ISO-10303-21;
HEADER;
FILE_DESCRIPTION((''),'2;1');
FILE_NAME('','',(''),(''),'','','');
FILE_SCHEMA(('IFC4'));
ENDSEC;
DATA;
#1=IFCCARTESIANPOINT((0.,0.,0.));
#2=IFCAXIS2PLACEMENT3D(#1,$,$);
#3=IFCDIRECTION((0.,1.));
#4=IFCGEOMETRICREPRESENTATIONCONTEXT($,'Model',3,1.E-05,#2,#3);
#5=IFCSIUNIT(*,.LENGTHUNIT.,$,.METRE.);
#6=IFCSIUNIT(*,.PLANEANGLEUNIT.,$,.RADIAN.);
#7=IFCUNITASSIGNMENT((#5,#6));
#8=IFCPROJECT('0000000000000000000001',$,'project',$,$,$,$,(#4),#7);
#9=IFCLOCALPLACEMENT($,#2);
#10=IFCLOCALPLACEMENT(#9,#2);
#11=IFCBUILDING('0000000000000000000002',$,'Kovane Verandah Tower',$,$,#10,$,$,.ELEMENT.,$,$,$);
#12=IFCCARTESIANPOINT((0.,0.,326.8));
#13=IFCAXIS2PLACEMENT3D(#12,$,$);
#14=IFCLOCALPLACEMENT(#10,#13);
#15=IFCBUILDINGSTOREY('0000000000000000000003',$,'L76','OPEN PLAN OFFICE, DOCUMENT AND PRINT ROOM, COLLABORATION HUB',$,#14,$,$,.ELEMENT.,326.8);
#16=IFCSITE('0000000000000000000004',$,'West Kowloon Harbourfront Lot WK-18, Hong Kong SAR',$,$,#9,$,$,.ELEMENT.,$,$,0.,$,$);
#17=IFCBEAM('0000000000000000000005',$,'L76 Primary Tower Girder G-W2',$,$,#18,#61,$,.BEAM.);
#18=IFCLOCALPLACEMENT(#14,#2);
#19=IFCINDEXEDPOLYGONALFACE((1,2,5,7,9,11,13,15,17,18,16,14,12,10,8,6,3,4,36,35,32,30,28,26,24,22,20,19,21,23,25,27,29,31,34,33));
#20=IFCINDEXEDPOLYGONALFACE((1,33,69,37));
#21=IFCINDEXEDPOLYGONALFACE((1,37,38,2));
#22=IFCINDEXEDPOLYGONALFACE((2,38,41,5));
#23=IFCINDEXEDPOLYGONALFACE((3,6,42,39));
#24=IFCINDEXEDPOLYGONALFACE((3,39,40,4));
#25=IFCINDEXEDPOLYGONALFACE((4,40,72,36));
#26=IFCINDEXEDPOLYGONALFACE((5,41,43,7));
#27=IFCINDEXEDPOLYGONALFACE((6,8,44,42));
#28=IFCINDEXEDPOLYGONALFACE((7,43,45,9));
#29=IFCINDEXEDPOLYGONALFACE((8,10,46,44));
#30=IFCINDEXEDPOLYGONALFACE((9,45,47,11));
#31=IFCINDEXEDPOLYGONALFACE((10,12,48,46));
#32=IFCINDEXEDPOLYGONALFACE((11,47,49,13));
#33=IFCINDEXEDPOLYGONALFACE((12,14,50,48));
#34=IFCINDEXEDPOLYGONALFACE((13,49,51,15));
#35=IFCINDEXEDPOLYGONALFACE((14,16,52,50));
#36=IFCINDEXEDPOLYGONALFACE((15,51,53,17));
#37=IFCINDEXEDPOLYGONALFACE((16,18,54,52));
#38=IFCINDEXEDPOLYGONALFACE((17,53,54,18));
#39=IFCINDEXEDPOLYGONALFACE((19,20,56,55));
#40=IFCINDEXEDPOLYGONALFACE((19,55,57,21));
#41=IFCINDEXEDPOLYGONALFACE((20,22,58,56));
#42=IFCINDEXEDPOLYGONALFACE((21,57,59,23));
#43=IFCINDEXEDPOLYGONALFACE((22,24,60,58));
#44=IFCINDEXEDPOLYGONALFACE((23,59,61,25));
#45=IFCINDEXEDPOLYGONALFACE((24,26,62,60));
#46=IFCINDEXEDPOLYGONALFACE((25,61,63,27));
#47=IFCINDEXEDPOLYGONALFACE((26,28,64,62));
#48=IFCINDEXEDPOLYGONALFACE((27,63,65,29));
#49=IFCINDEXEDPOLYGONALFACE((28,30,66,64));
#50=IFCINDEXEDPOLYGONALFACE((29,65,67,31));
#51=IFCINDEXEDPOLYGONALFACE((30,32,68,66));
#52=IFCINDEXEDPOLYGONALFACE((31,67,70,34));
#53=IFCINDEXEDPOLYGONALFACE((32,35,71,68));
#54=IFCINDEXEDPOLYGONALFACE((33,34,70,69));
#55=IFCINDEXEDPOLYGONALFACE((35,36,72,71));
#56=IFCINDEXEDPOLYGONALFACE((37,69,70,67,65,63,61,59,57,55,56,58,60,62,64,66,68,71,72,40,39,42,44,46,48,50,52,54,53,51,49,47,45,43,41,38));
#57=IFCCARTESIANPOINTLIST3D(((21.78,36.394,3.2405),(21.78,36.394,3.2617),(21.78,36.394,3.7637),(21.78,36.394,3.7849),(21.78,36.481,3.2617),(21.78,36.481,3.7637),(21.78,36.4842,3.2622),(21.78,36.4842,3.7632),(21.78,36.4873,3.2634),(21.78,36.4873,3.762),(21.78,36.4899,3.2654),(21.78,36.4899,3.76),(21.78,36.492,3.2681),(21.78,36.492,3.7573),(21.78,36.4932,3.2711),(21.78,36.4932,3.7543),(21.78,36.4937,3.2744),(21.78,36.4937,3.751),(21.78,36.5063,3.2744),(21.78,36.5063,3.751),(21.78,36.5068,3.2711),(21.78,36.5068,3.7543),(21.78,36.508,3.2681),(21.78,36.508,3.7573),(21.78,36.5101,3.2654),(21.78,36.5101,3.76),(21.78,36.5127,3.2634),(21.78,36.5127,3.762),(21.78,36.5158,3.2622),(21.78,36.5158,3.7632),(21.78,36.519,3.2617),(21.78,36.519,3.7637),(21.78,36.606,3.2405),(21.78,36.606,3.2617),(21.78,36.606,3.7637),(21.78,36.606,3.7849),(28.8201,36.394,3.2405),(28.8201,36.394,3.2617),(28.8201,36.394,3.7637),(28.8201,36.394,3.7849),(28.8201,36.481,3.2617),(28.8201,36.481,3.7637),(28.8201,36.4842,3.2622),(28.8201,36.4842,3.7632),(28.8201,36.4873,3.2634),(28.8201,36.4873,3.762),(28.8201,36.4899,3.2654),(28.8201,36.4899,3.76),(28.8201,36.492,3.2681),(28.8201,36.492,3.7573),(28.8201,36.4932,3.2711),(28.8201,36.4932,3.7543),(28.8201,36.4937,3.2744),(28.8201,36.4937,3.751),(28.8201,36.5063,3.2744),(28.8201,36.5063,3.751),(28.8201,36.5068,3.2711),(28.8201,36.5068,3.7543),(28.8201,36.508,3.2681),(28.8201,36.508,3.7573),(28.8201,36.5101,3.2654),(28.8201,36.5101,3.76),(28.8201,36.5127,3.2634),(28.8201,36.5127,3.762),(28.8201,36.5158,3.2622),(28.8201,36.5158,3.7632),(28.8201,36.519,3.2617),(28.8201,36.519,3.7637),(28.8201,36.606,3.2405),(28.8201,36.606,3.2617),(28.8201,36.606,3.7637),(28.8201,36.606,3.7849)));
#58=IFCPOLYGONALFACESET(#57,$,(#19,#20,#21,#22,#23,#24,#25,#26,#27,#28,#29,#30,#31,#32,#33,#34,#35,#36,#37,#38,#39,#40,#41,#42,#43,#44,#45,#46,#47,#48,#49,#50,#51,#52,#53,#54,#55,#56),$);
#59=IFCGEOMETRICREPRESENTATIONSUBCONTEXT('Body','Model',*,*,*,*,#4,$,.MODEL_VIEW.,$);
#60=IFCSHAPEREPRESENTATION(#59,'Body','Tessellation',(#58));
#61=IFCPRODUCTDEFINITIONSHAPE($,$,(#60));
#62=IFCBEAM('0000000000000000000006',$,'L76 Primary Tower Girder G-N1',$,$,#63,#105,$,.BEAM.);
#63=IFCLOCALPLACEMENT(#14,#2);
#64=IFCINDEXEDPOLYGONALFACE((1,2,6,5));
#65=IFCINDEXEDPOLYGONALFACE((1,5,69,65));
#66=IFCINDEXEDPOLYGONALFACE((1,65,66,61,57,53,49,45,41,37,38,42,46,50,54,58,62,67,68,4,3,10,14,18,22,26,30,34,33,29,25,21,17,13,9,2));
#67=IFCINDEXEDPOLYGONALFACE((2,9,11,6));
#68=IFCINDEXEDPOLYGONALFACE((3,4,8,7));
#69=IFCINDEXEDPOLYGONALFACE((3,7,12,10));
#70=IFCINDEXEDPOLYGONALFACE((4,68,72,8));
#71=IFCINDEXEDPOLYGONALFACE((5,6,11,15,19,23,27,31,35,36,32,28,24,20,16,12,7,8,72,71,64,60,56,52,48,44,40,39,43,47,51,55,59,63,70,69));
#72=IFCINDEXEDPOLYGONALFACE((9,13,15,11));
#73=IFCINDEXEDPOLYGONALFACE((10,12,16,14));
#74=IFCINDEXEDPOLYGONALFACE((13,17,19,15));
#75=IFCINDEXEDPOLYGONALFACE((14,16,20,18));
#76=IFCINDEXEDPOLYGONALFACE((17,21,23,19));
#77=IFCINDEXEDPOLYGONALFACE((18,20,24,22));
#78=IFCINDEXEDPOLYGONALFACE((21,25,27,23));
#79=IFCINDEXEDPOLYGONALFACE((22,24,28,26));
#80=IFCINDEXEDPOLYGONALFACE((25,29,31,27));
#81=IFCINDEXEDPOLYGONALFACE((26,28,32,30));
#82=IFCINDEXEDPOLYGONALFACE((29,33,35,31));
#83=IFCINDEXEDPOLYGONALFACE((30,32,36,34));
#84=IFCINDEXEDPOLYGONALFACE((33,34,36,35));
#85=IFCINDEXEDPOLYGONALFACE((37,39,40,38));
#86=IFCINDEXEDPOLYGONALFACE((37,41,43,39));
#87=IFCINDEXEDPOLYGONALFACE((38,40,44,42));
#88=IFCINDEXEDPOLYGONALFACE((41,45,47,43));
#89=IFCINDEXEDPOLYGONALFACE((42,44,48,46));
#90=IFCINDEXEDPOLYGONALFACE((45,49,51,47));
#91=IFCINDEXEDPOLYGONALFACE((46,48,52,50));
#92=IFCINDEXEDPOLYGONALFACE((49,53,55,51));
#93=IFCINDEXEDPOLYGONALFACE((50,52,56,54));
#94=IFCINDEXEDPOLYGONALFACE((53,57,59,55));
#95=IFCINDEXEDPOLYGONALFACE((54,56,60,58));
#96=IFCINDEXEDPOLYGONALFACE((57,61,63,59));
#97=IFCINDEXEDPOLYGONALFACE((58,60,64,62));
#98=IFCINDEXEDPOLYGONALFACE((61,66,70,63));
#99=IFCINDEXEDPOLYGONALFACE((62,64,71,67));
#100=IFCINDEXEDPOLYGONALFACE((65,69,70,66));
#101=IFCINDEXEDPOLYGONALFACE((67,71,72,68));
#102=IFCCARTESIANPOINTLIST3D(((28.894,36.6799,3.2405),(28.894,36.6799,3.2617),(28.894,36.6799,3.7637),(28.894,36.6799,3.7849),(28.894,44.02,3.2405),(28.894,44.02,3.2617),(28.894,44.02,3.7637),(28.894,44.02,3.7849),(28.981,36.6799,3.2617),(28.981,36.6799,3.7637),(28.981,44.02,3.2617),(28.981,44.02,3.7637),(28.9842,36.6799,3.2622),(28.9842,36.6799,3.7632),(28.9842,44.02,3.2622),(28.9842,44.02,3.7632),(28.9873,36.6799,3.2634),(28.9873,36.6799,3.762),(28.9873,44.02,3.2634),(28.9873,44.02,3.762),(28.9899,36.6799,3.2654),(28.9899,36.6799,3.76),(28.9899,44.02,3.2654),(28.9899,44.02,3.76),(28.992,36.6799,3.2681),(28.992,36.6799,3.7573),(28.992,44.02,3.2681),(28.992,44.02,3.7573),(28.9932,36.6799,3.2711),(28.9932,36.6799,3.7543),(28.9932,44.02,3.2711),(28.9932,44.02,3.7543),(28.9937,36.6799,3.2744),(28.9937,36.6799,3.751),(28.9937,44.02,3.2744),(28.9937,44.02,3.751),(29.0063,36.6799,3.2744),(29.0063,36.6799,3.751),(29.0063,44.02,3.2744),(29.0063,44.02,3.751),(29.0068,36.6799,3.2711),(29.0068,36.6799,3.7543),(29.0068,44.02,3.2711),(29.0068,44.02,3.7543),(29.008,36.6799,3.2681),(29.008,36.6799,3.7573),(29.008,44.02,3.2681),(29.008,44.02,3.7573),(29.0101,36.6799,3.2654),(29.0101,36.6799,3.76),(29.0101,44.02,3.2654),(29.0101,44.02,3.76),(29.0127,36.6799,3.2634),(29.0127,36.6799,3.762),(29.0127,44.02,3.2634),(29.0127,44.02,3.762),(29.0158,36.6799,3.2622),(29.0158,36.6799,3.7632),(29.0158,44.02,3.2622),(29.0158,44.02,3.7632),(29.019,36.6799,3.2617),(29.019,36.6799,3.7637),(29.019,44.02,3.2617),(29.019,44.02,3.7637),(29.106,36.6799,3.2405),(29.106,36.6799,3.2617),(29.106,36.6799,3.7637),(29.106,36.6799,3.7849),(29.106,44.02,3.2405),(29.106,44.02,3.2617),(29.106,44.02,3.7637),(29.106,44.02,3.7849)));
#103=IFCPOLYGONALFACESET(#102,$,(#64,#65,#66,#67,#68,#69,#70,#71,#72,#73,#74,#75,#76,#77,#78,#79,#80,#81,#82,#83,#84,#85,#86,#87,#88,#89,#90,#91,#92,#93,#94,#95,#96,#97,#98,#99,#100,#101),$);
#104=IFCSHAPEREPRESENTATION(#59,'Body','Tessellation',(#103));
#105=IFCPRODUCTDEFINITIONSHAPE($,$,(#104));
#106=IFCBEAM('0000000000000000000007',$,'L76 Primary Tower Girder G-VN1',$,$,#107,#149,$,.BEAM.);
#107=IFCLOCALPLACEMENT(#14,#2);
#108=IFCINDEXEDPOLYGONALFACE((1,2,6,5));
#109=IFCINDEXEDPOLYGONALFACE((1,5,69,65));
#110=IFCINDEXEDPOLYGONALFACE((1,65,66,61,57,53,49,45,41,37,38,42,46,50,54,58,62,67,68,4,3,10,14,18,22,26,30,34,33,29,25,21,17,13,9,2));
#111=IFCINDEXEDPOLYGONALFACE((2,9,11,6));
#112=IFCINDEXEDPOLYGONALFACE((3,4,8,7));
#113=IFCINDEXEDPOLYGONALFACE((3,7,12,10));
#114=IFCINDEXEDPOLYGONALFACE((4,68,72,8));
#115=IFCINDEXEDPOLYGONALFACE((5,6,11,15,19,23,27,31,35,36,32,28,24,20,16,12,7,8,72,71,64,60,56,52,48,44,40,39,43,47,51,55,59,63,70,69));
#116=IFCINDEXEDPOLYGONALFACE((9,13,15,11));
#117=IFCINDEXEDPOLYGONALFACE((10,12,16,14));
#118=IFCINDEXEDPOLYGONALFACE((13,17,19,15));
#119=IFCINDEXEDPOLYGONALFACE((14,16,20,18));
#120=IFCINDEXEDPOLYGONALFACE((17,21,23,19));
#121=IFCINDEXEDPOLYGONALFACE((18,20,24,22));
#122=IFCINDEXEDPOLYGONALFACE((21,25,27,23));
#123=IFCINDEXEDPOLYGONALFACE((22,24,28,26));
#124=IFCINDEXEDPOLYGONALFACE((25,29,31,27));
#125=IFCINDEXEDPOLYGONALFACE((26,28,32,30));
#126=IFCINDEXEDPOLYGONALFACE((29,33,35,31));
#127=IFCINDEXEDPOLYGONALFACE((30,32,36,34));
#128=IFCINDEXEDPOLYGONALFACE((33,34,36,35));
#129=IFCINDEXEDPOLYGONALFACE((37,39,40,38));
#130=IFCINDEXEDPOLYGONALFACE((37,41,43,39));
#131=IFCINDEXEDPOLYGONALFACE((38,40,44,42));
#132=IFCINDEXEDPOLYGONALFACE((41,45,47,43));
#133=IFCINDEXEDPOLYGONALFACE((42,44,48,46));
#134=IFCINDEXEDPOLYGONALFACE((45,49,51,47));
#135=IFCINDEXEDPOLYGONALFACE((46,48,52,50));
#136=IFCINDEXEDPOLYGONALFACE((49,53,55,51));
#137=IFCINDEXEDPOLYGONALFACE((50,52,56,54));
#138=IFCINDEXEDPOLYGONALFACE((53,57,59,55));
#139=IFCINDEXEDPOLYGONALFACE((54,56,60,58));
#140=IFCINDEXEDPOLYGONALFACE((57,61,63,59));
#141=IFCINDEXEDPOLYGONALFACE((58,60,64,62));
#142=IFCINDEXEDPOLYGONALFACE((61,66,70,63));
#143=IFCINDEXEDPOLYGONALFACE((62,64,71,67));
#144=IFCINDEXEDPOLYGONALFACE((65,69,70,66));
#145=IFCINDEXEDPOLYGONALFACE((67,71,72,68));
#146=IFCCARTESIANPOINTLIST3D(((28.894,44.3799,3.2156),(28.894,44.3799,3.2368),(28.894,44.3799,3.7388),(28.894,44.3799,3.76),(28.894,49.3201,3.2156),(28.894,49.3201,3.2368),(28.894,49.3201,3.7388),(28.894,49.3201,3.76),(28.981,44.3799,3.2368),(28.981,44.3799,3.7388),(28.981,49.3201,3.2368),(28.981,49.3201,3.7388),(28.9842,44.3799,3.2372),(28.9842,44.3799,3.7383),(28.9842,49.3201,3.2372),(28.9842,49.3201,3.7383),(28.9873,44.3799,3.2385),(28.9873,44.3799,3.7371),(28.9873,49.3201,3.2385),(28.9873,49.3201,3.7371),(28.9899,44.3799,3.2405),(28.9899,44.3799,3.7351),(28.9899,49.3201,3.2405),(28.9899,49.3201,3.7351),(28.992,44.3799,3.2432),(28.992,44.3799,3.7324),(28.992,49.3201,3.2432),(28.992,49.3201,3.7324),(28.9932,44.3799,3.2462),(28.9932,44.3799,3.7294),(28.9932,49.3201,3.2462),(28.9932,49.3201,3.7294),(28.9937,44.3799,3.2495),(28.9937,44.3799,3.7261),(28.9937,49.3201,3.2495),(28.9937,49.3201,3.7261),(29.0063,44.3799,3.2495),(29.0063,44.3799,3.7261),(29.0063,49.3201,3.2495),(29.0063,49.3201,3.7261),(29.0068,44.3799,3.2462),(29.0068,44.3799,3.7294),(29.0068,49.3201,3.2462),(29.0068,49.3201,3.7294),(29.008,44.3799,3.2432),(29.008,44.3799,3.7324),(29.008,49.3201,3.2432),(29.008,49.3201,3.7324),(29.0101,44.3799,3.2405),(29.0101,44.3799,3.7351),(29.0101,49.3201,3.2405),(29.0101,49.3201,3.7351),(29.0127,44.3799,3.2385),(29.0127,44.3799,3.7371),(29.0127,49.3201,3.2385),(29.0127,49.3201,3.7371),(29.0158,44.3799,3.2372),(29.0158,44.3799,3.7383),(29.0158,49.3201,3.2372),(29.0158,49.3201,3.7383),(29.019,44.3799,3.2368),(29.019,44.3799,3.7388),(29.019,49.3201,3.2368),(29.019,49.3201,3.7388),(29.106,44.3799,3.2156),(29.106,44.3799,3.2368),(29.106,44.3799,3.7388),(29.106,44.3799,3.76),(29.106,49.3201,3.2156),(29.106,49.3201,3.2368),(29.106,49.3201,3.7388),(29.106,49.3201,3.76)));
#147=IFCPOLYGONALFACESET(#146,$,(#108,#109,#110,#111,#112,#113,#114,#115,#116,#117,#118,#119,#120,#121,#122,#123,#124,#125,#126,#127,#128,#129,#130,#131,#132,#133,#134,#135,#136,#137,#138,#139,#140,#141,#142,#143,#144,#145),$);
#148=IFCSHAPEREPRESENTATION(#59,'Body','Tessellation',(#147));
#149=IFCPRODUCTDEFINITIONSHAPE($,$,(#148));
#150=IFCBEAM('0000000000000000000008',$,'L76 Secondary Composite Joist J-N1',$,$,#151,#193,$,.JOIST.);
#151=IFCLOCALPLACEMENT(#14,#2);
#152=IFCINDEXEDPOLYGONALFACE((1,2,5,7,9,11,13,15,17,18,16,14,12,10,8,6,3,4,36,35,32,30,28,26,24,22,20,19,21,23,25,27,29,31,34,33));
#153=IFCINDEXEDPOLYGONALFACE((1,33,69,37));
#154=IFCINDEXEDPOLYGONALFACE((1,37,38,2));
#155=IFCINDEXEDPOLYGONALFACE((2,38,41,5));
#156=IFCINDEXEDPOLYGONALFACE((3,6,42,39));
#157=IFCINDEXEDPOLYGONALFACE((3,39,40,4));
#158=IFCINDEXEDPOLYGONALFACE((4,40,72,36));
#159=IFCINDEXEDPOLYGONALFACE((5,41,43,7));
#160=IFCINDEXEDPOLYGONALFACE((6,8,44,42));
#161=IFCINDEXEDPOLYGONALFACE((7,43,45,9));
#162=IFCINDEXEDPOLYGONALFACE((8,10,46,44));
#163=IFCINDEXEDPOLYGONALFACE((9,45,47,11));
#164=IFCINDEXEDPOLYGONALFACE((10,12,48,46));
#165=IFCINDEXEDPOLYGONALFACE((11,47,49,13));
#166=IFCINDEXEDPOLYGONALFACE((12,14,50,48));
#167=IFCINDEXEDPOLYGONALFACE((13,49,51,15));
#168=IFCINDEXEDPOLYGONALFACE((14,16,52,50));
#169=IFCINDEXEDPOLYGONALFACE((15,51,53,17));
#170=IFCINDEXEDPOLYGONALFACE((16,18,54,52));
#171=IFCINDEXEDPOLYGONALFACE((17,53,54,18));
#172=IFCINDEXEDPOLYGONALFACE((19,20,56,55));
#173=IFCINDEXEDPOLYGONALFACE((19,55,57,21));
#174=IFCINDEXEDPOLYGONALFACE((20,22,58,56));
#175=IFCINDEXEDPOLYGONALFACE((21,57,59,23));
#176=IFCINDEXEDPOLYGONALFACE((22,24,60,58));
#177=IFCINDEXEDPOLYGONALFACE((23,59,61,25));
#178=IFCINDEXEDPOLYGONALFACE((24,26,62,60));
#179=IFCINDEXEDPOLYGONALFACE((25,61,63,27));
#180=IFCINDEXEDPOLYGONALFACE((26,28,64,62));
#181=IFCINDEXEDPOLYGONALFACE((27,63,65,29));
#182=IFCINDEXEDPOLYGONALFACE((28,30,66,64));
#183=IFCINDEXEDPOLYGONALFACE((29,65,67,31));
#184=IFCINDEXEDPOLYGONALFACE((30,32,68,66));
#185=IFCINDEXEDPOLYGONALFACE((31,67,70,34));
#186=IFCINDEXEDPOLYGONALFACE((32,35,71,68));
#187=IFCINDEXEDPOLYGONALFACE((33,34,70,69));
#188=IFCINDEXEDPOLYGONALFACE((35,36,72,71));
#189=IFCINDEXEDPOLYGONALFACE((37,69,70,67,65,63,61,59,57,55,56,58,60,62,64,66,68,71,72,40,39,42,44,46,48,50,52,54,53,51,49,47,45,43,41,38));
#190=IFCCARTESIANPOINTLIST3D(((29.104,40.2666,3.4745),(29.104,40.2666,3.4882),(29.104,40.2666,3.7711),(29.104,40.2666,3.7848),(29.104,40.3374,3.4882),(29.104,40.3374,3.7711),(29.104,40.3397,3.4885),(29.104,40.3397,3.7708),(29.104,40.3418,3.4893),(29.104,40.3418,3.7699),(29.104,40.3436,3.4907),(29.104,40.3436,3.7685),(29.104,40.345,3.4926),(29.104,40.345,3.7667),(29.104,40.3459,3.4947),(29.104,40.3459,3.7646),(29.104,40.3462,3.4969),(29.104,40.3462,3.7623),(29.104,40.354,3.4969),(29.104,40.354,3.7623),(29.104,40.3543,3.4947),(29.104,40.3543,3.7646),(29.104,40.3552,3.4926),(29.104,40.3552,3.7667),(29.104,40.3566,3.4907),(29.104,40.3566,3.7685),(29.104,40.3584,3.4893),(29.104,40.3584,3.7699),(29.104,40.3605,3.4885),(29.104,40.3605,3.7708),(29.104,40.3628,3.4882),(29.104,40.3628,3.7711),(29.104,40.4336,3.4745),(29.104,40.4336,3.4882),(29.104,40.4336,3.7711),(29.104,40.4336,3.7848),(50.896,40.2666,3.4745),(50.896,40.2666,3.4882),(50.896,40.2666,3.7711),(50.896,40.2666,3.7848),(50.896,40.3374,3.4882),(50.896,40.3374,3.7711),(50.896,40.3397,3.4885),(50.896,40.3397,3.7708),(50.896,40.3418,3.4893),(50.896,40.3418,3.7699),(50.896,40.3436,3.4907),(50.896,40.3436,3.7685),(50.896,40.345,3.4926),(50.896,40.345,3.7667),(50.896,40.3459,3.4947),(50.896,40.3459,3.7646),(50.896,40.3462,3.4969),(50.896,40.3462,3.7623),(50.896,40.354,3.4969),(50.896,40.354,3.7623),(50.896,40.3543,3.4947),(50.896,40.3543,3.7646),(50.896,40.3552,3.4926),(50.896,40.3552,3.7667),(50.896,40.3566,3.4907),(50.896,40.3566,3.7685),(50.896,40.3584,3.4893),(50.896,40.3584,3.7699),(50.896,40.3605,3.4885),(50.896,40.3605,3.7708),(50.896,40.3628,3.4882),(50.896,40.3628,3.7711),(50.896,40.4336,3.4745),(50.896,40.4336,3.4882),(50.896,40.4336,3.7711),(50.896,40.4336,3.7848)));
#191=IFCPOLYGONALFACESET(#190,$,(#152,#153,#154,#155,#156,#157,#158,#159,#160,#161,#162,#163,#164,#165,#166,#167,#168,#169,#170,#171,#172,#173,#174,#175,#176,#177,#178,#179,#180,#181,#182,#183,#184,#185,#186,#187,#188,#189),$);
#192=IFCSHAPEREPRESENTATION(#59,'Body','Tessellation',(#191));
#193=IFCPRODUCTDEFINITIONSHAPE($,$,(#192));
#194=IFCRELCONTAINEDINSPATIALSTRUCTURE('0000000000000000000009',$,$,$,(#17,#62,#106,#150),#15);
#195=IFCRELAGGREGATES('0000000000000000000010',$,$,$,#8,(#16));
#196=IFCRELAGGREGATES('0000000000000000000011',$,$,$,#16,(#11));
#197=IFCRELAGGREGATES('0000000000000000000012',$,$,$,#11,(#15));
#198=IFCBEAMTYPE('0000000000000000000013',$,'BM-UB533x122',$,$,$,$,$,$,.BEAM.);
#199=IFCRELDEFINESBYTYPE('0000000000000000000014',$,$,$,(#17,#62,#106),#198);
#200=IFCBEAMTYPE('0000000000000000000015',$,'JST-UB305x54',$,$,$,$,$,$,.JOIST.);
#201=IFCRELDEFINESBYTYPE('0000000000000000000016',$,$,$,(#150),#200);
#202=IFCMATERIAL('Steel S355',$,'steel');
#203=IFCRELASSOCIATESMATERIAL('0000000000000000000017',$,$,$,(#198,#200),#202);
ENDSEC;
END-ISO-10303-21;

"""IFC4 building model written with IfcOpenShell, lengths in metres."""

from ifc_helpers import new_model, si_unit, direction, frame, origin, origin_2d, place, context, subcontext, project, spatial, i_section, extrude, material, material_profile, profile_set, type_object, element, save


model = new_model("IFC4")

# Units and contexts
model_context = context("Model", 3, precision=1e-05, world=origin(), true_north=direction((0.0, 1.0)))
body_context = subcontext(model_context, "Body", "Model", "MODEL_VIEW")
ifc_project = project(units=[si_unit("LENGTHUNIT", "METRE"), si_unit("PLANEANGLEUNIT", "RADIAN")], contexts=[model_context])

# Site, building, storey
site_placement = place(None, origin())
site = spatial("IfcSite", under=ifc_project, at=site_placement, Name="West Kowloon Harbourfront Lot WK-18, Hong Kong SAR", CompositionType="ELEMENT", RefElevation=0.0)
building_placement = place(site_placement, origin())
building = spatial("IfcBuilding", under=site, at=building_placement, Name="Kovane Verandah Tower", CompositionType="ELEMENT")
storey_placement = place(building_placement, frame((0.0, 0.0, 326.8)))
storey = spatial("IfcBuildingStorey", under=building, at=storey_placement, Name="L76", Description="OPEN PLAN OFFICE, DOCUMENT AND PRINT ROOM, COLLABORATION HUB", CompositionType="ELEMENT", Elevation=326.8)

# Beams
ifc_material_1 = material(Name="Steel S355", Category="steel")
ifc_material_profile_1 = material_profile(ifc_material_1, i_section(OverallWidth=0.2119, OverallDepth=0.5444, WebThickness=0.0127, FlangeThickness=0.0212, FilletRadius=0.0127, at=origin_2d()), Name="UB533x210x122")
ifc_profile_set_1 = profile_set([ifc_material_profile_1], Name="Steel S355")
beam_type_1 = type_object("IfcBeamType", Name="BM-UB533x122", PredefinedType="BEAM", material=ifc_profile_set_1)
for number, where, z_axis, x_axis, name in (
    (1, (28.8201, 36.5, 3.5127), (-1.0, 0.0, 0.0), (0.0, -1.0, 0.0), "L76 Primary Tower Girder G-W2"),
):
    element("IfcBeam", number, at=place(storey_placement, frame(where, z_axis=z_axis, x_axis=x_axis)), inside=storey, type_object=beam_type_1, Name=name, PredefinedType="BEAM", context=body_context, shape_type="SweptSolid", body=[
        extrude(i_section(OverallWidth=0.2119, OverallDepth=0.5444, WebThickness=0.0127, FlangeThickness=0.0212, FilletRadius=0.0127, at=origin_2d()), origin(), (0.0, 0.0, 1.0), 7.04),
    ])
beam_1_placement = place(storey_placement, frame((29.0, 36.6799, 3.5127), z_axis=(0.0, 1.0, 0.0), x_axis=(-1.0, 0.0, 0.0)))
element("IfcBeam", 2, at=beam_1_placement, inside=storey, type_object=beam_type_1, Name="L76 Primary Tower Girder G-N1", PredefinedType="BEAM", context=body_context, shape_type="SweptSolid", body=[
    extrude(i_section(OverallWidth=0.2119, OverallDepth=0.5444, WebThickness=0.0127, FlangeThickness=0.0212, FilletRadius=0.0127, at=origin_2d()), origin(), (0.0, 0.0, 1.0), 7.3401),
])
beam_2_placement = place(storey_placement, frame((29.0, 44.3799, 3.4878), z_axis=(0.0, 1.0, 0.0), x_axis=(-1.0, 0.0, 0.0)))
element("IfcBeam", 3, at=beam_2_placement, inside=storey, type_object=beam_type_1, Name="L76 Primary Tower Girder G-VN1", PredefinedType="BEAM", context=body_context, shape_type="SweptSolid", body=[
    extrude(i_section(OverallWidth=0.2119, OverallDepth=0.5444, WebThickness=0.0127, FlangeThickness=0.0212, FilletRadius=0.0127, at=origin_2d()), origin(), (0.0, 0.0, 1.0), 4.9402),
])
ifc_material_profile_2 = material_profile(ifc_material_1, i_section(OverallWidth=0.167, OverallDepth=0.3103, WebThickness=0.0078, FlangeThickness=0.0137, FilletRadius=0.0088, at=origin_2d()), Name="UB305x165x54")
ifc_profile_set_2 = profile_set([ifc_material_profile_2], Name="Steel S355")
beam_type_2 = type_object("IfcBeamType", Name="JST-UB305x54", PredefinedType="JOIST", material=ifc_profile_set_2)
beam_3_placement = place(storey_placement, frame((29.104, 40.3501, 3.6296), z_axis=(1.0, 0.0, 0.0), x_axis=(0.0, 1.0, 0.0)))
element("IfcBeam", 4, at=beam_3_placement, inside=storey, type_object=beam_type_2, Name="L76 Secondary Composite Joist J-N1", PredefinedType="JOIST", context=body_context, shape_type="SweptSolid", body=[
    extrude(i_section(OverallWidth=0.167, OverallDepth=0.3103, WebThickness=0.0078, FlangeThickness=0.0137, FilletRadius=0.0088, at=origin_2d()), origin(), (0.0, 0.0, 1.0), 21.792),
])

save(model, "model.ifc")
